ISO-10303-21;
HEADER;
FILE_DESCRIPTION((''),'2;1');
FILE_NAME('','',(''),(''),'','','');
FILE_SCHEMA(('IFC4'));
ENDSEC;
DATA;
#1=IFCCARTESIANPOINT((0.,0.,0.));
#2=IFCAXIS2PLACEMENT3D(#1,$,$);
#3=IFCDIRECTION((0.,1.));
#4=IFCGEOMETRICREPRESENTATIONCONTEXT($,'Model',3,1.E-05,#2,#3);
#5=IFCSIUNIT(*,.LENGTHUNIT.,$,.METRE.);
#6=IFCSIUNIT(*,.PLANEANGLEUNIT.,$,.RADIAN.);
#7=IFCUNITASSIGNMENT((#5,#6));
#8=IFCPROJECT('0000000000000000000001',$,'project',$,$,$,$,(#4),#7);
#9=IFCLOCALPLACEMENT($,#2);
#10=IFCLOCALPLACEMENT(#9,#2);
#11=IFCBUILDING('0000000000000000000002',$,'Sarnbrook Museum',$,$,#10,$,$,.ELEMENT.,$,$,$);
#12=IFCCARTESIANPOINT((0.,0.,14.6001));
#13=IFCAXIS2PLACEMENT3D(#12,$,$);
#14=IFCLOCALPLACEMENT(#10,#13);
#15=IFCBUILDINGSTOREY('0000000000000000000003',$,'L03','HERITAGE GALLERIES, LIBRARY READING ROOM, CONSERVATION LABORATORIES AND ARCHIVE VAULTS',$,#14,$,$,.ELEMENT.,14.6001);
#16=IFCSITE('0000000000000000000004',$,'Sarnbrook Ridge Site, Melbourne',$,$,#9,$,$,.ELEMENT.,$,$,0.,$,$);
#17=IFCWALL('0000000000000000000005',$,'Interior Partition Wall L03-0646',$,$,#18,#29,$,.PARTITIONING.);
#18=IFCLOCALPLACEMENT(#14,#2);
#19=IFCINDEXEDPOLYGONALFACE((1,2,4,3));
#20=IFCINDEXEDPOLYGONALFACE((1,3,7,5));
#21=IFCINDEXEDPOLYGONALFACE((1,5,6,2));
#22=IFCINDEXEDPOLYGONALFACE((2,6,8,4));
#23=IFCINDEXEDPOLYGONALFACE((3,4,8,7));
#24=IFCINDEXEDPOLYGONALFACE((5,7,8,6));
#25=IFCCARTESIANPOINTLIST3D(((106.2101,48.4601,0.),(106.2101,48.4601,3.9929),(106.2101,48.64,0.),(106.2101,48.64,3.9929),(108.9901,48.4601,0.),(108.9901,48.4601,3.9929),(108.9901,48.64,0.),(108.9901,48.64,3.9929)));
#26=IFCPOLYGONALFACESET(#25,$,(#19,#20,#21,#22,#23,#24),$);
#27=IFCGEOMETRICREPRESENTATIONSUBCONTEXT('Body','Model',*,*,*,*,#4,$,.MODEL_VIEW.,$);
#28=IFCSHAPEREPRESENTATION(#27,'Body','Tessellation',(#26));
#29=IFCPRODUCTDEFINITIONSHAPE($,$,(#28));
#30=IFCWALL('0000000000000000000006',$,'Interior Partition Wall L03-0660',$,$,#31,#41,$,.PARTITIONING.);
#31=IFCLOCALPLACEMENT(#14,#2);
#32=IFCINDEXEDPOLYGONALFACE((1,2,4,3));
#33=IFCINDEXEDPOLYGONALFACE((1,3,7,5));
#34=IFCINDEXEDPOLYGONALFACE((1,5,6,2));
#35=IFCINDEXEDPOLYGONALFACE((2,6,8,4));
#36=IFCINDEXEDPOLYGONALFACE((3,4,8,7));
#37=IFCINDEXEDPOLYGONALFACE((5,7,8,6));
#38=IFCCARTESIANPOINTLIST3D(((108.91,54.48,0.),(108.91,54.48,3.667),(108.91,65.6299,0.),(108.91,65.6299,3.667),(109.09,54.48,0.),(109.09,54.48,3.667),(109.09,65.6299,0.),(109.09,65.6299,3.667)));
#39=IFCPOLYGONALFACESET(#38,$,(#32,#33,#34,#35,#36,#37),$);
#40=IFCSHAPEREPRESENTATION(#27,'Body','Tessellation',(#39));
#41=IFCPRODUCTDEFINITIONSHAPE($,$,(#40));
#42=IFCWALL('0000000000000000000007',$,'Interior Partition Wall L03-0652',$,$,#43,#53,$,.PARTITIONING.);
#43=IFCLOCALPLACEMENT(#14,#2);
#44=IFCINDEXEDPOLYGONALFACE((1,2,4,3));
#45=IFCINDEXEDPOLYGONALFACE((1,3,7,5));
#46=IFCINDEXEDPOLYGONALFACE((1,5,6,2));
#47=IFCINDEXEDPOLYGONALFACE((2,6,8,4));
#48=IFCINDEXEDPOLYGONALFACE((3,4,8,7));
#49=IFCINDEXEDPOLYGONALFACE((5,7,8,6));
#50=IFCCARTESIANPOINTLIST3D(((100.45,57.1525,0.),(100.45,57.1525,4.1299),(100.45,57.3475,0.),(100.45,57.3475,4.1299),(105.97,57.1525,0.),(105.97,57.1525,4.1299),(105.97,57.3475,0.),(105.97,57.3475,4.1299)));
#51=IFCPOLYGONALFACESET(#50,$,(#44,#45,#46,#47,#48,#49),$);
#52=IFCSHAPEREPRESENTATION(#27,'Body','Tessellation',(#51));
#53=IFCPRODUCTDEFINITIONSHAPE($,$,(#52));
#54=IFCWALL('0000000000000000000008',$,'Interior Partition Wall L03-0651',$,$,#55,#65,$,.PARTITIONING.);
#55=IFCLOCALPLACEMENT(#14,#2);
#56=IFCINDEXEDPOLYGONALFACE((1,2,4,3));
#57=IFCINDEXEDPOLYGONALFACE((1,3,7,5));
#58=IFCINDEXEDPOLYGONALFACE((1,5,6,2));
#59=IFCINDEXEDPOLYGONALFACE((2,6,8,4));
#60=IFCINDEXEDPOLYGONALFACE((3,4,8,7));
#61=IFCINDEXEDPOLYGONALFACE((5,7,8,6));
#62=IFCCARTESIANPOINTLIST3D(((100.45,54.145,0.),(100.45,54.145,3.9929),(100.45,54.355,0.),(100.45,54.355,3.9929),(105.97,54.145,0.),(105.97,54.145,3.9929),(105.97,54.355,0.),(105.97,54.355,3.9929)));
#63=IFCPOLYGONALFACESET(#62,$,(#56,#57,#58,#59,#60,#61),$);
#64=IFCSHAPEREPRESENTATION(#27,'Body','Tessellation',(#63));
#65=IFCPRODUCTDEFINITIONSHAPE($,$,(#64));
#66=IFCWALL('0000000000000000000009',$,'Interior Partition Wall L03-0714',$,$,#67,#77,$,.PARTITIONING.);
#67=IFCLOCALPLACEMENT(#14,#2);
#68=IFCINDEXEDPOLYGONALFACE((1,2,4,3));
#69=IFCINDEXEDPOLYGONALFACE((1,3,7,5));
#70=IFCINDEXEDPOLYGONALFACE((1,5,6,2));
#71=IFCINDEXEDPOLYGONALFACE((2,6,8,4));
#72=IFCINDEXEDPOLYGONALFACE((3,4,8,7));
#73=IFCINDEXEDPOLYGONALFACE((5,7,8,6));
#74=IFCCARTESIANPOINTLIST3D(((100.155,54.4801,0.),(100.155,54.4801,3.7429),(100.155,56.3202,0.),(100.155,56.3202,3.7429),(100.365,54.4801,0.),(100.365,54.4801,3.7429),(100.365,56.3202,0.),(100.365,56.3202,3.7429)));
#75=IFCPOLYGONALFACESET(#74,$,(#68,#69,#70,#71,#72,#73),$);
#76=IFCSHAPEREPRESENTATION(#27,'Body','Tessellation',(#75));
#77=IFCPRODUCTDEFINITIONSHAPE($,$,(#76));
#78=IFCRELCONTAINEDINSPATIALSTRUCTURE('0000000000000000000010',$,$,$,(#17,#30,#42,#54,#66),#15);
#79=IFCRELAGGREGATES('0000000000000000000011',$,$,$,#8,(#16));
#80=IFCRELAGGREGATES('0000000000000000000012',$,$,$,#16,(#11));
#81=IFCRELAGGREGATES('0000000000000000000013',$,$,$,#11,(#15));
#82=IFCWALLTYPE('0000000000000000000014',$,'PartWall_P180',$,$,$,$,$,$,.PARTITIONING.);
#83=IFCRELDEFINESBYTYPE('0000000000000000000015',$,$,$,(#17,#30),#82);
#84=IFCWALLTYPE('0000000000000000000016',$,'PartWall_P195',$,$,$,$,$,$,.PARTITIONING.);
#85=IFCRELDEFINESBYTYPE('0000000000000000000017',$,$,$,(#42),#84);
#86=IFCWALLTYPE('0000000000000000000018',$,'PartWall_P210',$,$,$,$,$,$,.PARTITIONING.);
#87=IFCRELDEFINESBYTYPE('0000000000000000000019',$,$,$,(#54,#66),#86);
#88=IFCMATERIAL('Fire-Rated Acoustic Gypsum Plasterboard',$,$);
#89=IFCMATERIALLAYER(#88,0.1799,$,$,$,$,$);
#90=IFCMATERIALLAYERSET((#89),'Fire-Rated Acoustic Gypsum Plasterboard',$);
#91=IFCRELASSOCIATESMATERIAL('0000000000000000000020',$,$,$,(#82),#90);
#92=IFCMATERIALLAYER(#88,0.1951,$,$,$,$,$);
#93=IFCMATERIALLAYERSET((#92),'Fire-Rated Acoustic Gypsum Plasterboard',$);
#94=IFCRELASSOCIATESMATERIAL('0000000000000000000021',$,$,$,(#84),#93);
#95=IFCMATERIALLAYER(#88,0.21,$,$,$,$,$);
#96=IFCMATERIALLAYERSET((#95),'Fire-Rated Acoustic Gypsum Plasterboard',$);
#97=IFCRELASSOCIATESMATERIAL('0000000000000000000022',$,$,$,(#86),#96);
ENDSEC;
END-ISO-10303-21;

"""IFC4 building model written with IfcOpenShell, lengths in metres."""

from ifc_helpers import new_model, si_unit, direction, frame, frame_2d, origin, place, context, subcontext, project, spatial, rectangle, extrude, material, layer, layer_set, type_object, element, save


model = new_model("IFC4")

# Units and contexts
model_context = context("Model", 3, precision=1e-05, world=origin(), true_north=direction((0.0, 1.0)))
body_context = subcontext(model_context, "Body", "Model", "MODEL_VIEW")
ifc_project = project(units=[si_unit("LENGTHUNIT", "METRE"), si_unit("PLANEANGLEUNIT", "RADIAN")], contexts=[model_context])

# Site, building, storey
site_placement = place(None, origin())
site = spatial("IfcSite", under=ifc_project, at=site_placement, Name="Sarnbrook Ridge Site, Melbourne", CompositionType="ELEMENT", RefElevation=0.0)
building_placement = place(site_placement, origin())
building = spatial("IfcBuilding", under=site, at=building_placement, Name="Sarnbrook Museum", CompositionType="ELEMENT")
storey_placement = place(building_placement, frame((0.0, 0.0, 14.6001)))
storey = spatial("IfcBuildingStorey", under=building, at=storey_placement, Name="L03", Description="HERITAGE GALLERIES, LIBRARY READING ROOM, CONSERVATION LABORATORIES AND ARCHIVE VAULTS", CompositionType="ELEMENT", Elevation=14.6001)

# Shared definitions
ifc_material_1 = material(Name="Fire-Rated Acoustic Gypsum Plasterboard")

# Shared definitions
ifc_layer_1 = layer(ifc_material_1, 0.1799)
ifc_layer_set_1 = layer_set([ifc_layer_1], Name="Fire-Rated Acoustic Gypsum Plasterboard")
wall_type_1 = type_object("IfcWallType", Name="PartWall_P180", PredefinedType="PARTITIONING", material=ifc_layer_set_1)

# Walls
wall_1_placement = place(storey_placement, frame((106.21, 48.55, 0.0), z_axis=(0.0, 0.0, 1.0), x_axis=(1.0, 0.0, 0.0)))
element("IfcWall", 1, at=wall_1_placement, inside=storey, type_object=wall_type_1, Name="Interior Partition Wall L03-0646", PredefinedType="PARTITIONING", context=body_context, shape_type="SweptSolid", body=[
    extrude(rectangle(XDim=2.78, YDim=0.1799, at=frame_2d((1.3901, 0.0))), origin(), (0.0, 0.0, 1.0), 3.9929),
])
wall_2_placement = place(storey_placement, frame((109.0, 54.48, 0.0), z_axis=(0.0, 0.0, 1.0), x_axis=(0.0, 1.0, 0.0)))
element("IfcWall", 2, at=wall_2_placement, inside=storey, type_object=wall_type_1, Name="Interior Partition Wall L03-0660", PredefinedType="PARTITIONING", context=body_context, shape_type="SweptSolid", body=[
    extrude(rectangle(XDim=11.1499, YDim=0.1799, at=frame_2d((5.575, 0.0))), origin(), (0.0, 0.0, 1.0), 3.667),
])

# Shared definitions
ifc_layer_2 = layer(ifc_material_1, 0.1951)
ifc_layer_set_2 = layer_set([ifc_layer_2], Name="Fire-Rated Acoustic Gypsum Plasterboard")
wall_type_2 = type_object("IfcWallType", Name="PartWall_P195", PredefinedType="PARTITIONING", material=ifc_layer_set_2)

# Walls
wall_3_placement = place(storey_placement, frame((100.45, 57.25, 0.0), z_axis=(0.0, 0.0, 1.0), x_axis=(1.0, 0.0, 0.0)))
element("IfcWall", 3, at=wall_3_placement, inside=storey, type_object=wall_type_2, Name="Interior Partition Wall L03-0652", PredefinedType="PARTITIONING", context=body_context, shape_type="SweptSolid", body=[
    extrude(rectangle(XDim=5.52, YDim=0.1951, at=frame_2d((2.76, 0.0))), origin(), (0.0, 0.0, 1.0), 4.1299),
])
ifc_layer_3 = layer(ifc_material_1, 0.21)
ifc_layer_set_3 = layer_set([ifc_layer_3], Name="Fire-Rated Acoustic Gypsum Plasterboard")
wall_type_3 = type_object("IfcWallType", Name="PartWall_P210", PredefinedType="PARTITIONING", material=ifc_layer_set_3)
wall_4_placement = place(storey_placement, frame((105.97, 54.25, 0.0), z_axis=(0.0, 0.0, 1.0), x_axis=(-1.0, 0.0, 0.0)))
element("IfcWall", 4, at=wall_4_placement, inside=storey, type_object=wall_type_3, Name="Interior Partition Wall L03-0651", PredefinedType="PARTITIONING", context=body_context, shape_type="SweptSolid", body=[
    extrude(rectangle(XDim=5.52, YDim=0.21, at=frame_2d((2.76, 0.0))), origin(), (0.0, 0.0, 1.0), 3.9929),
])
wall_5_placement = place(storey_placement, frame((100.26, 56.3201, 0.0), z_axis=(0.0, 0.0, 1.0), x_axis=(0.0, -1.0, 0.0)))
element("IfcWall", 5, at=wall_5_placement, inside=storey, type_object=wall_type_3, Name="Interior Partition Wall L03-0714", PredefinedType="PARTITIONING", context=body_context, shape_type="SweptSolid", body=[
    extrude(rectangle(XDim=1.8401, YDim=0.21, at=frame_2d((0.9199, 0.0))), origin(), (0.0, 0.0, 1.0), 3.7429),
])

save(model, "model.ifc")
